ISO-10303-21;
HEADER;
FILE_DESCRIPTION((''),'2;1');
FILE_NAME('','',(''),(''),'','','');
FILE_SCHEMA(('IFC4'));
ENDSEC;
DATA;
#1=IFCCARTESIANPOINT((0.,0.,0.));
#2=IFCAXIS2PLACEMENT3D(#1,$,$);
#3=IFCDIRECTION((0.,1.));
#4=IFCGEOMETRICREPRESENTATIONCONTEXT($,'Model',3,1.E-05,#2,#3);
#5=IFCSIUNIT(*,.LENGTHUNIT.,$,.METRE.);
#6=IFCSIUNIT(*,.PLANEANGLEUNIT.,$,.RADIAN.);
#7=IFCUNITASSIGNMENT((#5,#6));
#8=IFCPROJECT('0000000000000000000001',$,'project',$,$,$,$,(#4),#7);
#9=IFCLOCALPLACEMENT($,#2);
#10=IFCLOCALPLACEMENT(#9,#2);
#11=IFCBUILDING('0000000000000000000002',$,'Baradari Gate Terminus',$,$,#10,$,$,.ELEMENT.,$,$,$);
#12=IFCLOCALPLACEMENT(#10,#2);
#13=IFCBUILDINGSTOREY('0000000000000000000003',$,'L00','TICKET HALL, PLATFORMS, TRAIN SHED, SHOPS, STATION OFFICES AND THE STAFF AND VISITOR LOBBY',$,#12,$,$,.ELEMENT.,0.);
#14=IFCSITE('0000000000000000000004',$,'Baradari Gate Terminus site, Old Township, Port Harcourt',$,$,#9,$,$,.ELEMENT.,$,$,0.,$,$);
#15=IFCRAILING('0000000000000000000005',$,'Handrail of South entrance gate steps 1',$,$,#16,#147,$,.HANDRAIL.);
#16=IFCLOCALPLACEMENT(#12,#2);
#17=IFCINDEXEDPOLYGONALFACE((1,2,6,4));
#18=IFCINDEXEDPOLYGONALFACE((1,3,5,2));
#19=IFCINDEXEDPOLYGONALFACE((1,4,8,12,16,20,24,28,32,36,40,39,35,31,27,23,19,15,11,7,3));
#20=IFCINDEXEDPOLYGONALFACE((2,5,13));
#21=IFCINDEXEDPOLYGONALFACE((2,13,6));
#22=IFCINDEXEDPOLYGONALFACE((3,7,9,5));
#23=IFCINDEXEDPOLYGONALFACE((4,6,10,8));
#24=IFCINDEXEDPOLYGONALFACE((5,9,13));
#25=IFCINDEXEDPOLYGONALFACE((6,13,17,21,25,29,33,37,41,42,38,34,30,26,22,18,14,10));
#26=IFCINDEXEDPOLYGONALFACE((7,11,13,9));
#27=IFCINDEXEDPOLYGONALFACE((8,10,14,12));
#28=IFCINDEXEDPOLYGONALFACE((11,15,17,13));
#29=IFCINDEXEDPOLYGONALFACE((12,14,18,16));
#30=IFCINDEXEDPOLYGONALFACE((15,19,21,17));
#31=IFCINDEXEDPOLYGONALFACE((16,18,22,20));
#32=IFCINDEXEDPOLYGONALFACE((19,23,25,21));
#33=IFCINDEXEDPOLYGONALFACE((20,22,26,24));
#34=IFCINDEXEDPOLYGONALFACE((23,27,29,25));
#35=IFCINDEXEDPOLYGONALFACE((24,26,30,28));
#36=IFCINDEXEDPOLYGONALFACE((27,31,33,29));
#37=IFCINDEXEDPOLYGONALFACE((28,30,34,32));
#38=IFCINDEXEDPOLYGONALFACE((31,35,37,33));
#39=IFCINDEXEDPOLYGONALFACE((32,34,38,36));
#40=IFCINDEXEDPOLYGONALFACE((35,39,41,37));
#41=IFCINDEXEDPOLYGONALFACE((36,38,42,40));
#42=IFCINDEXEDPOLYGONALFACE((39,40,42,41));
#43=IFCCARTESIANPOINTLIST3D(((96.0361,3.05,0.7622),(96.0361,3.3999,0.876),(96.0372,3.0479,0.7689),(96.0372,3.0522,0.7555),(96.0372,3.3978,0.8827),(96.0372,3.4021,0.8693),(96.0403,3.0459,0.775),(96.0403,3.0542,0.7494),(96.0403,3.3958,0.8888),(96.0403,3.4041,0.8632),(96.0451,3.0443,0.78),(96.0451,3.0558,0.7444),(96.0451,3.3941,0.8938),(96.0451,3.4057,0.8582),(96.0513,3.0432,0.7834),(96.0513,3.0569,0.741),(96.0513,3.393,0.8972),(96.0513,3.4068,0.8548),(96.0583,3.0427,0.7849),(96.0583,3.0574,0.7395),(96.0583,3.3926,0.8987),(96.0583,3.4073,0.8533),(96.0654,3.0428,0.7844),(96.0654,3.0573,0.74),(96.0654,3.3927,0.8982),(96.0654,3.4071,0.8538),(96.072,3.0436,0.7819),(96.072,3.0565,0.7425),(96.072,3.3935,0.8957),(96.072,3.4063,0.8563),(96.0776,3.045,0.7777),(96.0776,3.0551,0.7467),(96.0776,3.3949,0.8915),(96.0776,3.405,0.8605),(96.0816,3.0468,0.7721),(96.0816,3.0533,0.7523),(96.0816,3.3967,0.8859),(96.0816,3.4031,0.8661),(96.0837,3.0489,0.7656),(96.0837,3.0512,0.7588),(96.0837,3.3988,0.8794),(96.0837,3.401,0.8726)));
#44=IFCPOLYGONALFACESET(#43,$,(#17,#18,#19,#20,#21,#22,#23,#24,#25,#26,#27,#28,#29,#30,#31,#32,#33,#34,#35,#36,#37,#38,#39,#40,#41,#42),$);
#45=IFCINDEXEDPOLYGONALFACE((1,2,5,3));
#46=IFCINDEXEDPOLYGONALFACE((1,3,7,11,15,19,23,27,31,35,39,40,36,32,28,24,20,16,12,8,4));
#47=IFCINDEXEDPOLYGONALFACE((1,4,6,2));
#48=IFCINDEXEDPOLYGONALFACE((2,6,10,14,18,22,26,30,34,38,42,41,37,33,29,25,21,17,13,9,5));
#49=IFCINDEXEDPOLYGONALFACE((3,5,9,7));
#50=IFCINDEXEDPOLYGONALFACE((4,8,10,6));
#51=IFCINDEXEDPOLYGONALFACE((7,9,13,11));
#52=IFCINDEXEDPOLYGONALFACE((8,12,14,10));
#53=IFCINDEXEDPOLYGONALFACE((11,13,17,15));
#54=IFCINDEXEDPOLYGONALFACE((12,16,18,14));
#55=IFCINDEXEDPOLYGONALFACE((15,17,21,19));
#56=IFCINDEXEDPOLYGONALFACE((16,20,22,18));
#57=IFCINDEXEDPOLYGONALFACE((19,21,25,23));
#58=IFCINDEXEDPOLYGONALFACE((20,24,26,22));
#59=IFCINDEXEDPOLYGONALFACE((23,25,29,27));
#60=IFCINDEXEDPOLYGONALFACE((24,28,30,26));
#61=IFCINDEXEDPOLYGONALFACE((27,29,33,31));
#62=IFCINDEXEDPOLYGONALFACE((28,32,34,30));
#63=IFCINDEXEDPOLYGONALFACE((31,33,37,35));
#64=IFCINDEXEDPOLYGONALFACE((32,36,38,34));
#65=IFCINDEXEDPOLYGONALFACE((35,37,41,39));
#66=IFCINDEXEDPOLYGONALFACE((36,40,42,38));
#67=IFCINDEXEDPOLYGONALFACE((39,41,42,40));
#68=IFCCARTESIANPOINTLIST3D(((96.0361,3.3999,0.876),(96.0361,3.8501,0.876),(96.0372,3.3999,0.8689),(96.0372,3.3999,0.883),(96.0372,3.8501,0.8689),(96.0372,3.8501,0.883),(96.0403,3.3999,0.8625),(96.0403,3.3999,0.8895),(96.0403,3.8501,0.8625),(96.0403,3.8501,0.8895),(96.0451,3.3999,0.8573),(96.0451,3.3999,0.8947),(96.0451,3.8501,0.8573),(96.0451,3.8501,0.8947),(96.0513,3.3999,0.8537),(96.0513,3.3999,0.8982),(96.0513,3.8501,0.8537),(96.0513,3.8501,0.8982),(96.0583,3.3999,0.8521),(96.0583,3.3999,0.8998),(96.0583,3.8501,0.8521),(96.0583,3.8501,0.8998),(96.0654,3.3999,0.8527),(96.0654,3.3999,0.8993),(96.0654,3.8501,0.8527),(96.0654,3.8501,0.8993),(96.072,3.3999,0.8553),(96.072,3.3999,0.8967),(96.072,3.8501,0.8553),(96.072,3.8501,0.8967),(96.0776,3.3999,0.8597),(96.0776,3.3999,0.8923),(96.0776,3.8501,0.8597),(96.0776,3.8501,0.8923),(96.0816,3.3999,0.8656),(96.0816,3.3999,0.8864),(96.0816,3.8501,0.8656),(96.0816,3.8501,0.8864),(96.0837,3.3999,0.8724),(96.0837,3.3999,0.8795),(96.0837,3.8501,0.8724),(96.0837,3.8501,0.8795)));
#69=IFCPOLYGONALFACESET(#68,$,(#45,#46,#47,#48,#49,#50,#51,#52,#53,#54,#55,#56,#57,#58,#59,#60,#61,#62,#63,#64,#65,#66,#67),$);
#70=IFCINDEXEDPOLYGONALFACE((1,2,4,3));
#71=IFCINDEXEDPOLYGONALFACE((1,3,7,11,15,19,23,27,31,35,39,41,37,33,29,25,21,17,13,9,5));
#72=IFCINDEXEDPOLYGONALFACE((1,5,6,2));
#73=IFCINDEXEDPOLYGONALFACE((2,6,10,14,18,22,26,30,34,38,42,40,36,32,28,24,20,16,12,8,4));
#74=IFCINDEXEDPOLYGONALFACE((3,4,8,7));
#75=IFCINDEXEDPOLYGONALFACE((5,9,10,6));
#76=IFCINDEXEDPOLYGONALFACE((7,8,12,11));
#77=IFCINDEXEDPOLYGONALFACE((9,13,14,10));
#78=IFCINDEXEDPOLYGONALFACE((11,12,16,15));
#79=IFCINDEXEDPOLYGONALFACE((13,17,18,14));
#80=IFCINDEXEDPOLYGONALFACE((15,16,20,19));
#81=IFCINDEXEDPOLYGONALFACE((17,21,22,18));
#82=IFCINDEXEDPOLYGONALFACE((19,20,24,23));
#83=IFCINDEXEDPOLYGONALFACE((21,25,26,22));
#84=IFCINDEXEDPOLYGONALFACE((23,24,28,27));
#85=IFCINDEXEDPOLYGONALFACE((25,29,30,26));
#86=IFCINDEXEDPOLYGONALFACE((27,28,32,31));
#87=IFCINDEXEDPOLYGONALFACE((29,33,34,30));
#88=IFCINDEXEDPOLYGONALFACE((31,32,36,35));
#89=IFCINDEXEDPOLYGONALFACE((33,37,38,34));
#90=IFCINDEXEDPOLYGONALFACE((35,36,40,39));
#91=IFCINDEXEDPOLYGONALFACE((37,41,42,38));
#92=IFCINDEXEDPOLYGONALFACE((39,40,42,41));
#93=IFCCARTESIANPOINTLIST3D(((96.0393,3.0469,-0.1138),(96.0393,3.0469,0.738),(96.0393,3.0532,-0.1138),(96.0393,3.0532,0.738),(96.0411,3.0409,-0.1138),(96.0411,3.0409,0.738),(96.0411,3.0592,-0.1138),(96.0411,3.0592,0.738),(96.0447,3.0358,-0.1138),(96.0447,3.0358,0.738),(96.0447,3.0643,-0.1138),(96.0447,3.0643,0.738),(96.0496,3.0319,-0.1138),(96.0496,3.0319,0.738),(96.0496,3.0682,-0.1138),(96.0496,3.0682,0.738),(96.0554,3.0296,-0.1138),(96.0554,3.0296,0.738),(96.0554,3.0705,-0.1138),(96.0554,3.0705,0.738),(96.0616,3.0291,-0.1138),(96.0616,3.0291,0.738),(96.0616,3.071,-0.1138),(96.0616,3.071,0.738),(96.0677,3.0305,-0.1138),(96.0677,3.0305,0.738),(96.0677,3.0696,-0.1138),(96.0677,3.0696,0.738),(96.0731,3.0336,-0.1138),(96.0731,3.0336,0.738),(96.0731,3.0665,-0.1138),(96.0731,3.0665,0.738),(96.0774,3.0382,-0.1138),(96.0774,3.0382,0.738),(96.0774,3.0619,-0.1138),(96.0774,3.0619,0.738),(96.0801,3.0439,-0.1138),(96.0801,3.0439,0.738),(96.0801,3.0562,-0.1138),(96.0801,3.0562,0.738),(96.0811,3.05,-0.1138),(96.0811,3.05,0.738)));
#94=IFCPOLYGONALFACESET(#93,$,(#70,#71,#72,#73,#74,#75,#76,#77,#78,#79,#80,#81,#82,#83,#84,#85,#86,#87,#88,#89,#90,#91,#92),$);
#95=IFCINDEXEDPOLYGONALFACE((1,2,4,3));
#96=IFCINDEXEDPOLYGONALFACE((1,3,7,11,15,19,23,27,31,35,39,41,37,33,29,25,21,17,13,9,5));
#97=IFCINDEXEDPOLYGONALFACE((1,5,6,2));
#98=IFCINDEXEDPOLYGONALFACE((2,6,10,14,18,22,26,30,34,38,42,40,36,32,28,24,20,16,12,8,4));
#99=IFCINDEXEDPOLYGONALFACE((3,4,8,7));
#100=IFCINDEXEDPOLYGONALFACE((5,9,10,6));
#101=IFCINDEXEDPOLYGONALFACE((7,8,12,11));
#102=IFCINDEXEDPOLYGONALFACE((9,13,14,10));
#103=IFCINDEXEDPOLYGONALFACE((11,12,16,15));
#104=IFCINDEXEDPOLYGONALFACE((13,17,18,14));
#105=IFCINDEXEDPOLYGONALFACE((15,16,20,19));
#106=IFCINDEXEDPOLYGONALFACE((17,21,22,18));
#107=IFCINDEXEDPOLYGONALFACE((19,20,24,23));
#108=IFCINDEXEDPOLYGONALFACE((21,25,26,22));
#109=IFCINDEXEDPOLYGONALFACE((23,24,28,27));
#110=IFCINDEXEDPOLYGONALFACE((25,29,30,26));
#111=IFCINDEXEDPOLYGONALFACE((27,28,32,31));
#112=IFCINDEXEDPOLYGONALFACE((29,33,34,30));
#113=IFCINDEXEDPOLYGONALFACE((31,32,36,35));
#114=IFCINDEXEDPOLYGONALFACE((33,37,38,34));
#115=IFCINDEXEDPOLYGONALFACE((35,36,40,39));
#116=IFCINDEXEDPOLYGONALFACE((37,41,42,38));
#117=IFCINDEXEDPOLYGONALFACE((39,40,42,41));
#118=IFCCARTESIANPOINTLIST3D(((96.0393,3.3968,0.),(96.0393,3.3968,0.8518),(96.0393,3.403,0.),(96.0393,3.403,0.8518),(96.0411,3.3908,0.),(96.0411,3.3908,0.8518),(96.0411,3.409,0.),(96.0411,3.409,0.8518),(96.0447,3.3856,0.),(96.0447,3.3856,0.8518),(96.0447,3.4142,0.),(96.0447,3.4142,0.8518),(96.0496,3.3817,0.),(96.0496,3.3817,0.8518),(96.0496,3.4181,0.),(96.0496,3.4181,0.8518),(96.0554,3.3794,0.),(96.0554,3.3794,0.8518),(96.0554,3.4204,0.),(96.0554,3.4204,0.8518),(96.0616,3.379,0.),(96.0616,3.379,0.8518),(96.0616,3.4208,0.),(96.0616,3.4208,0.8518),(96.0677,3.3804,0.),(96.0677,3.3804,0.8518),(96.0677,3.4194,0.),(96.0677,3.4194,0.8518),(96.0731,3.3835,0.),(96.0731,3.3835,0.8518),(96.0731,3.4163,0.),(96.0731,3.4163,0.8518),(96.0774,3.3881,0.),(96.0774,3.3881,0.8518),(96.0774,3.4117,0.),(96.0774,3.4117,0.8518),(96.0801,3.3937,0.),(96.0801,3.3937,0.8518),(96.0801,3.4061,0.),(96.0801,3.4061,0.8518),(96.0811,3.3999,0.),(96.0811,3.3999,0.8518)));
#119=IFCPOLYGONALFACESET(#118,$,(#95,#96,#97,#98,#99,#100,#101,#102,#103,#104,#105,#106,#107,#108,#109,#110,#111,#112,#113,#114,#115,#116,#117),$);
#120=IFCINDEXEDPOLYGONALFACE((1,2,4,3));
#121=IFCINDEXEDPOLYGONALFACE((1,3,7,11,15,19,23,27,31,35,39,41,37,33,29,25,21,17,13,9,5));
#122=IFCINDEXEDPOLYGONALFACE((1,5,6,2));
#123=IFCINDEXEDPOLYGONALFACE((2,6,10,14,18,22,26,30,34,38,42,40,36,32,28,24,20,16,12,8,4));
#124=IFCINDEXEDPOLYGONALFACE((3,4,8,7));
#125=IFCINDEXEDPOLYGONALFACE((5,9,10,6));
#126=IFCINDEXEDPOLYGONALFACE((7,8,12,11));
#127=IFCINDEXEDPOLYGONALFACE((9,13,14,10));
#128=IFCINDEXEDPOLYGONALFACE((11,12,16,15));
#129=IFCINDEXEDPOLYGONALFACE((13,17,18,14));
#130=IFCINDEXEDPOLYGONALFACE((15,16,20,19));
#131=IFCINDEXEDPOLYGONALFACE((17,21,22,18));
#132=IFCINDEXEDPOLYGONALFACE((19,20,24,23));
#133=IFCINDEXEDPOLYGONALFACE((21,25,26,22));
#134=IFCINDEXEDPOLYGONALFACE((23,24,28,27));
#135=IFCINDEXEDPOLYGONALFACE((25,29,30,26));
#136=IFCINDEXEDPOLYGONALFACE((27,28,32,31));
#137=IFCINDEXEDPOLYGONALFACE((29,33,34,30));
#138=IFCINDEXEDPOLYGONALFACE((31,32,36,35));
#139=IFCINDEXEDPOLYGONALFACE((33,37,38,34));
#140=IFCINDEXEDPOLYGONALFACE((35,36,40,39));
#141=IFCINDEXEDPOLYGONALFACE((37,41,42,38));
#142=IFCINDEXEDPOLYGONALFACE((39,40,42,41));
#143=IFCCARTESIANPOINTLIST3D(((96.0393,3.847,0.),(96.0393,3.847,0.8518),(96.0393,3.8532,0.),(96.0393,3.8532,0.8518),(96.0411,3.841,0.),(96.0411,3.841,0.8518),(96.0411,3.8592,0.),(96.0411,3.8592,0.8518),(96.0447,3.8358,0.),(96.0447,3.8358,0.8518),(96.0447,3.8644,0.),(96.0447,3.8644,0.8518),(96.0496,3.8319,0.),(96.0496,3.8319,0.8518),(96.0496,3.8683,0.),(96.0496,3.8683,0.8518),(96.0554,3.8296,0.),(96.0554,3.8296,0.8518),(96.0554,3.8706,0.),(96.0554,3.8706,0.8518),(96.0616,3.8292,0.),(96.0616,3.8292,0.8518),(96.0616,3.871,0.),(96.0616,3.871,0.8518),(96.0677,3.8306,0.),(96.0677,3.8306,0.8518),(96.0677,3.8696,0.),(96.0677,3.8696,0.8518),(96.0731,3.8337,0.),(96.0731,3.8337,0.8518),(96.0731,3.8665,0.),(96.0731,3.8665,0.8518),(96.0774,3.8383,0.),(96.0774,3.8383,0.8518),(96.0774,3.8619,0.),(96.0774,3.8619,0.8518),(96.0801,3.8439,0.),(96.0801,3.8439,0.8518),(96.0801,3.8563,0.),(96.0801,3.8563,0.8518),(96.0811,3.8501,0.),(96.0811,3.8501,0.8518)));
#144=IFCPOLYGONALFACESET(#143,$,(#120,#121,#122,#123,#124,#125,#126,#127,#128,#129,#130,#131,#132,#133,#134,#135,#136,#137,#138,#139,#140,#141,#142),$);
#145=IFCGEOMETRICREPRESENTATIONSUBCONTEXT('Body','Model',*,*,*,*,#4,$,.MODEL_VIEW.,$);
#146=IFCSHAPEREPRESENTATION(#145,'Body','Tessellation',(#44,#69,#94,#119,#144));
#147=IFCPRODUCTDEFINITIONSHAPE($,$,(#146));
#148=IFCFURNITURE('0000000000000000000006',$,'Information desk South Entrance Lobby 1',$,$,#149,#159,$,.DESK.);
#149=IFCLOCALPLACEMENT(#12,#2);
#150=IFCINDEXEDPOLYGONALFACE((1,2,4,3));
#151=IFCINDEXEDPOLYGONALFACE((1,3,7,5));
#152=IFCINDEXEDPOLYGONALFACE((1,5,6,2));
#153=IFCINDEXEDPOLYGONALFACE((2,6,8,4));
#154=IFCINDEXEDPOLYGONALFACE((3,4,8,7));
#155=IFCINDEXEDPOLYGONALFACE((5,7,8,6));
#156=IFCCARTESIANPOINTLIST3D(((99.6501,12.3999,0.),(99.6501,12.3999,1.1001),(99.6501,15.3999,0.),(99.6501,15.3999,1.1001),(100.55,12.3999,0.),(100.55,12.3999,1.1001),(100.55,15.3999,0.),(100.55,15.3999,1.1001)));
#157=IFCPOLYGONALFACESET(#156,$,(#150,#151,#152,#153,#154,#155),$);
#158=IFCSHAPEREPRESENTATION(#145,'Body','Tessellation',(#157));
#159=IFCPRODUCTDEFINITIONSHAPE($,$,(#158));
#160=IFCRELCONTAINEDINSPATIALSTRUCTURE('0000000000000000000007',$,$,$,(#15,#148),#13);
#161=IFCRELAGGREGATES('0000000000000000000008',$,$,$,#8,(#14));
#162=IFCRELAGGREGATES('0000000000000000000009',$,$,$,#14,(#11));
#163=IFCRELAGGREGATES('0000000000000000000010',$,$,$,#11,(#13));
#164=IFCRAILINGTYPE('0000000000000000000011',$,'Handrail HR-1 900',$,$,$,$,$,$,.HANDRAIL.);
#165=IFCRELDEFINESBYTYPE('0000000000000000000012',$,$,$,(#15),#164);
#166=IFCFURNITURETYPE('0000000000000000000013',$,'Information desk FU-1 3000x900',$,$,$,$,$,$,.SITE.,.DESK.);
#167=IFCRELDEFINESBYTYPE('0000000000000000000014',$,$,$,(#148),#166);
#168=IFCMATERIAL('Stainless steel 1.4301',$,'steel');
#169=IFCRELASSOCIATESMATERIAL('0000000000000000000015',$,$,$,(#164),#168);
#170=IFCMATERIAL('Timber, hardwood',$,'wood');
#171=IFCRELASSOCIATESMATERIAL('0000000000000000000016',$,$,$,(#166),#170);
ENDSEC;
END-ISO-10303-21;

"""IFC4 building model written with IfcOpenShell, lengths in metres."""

from ifc_helpers import new_model, si_unit, direction, frame, origin, origin_2d, place, context, subcontext, project, spatial, rectangle, circle, extrude, material, type_object, element, save


model = new_model("IFC4")

# Units and contexts
model_context = context("Model", 3, precision=1e-05, world=origin(), true_north=direction((0.0, 1.0)))
body_context = subcontext(model_context, "Body", "Model", "MODEL_VIEW")
ifc_project = project(units=[si_unit("LENGTHUNIT", "METRE"), si_unit("PLANEANGLEUNIT", "RADIAN")], contexts=[model_context])

# Site, building, storey
site_placement = place(None, origin())
site = spatial("IfcSite", under=ifc_project, at=site_placement, Name="Baradari Gate Terminus site, Old Township, Port Harcourt", CompositionType="ELEMENT", RefElevation=0.0)
building_placement = place(site_placement, origin())
building = spatial("IfcBuilding", under=site, at=building_placement, Name="Baradari Gate Terminus", CompositionType="ELEMENT")
storey_placement = place(building_placement, origin())
storey = spatial("IfcBuildingStorey", under=building, at=storey_placement, Name="L00", Description="TICKET HALL, PLATFORMS, TRAIN SHED, SHOPS, STATION OFFICES AND THE STAFF AND VISITOR LOBBY", CompositionType="ELEMENT", Elevation=0.0)

# Railing
ifc_material_1 = material(Name="Stainless steel 1.4301", Category="steel")
railing_type = type_object("IfcRailingType", Name="Handrail HR-1 900", PredefinedType="HANDRAIL", material=ifc_material_1)
railing_placement = place(storey_placement, frame((96.0601, 3.05, -0.1138)))
element("IfcRailing", 1, at=railing_placement, inside=storey, type_object=railing_type, Name="Handrail of South entrance gate steps 1", PredefinedType="HANDRAIL", context=body_context, shape_type="SweptSolid", body=[
    extrude(circle(Radius=0.0239, at=origin_2d()), frame((0.0, 0.0, 0.876), z_axis=(0.0, 0.95098, 0.309251), x_axis=(-1.0, 0.0, 0.0)), (0.0, 0.0, 1.0), 0.3679),
    extrude(circle(Radius=0.0239, at=origin_2d()), frame((0.0, 0.3499, 0.9897), z_axis=(0.0, 1.0, 0.0), x_axis=(-1.0, 0.0, 0.0)), (0.0, 0.0, 1.0), 0.4502),
    extrude(circle(Radius=0.021, at=origin_2d()), origin(), (0.0, 0.0, 1.0), 0.8518),
    extrude(circle(Radius=0.021, at=origin_2d()), frame((0.0, 0.3499, 0.1138)), (0.0, 0.0, 1.0), 0.8518),
    extrude(circle(Radius=0.021, at=origin_2d()), frame((0.0, 0.8, 0.1138)), (0.0, 0.0, 1.0), 0.8518),
])

# Furniture
ifc_material_2 = material(Name="Timber, hardwood", Category="wood")
furniture_type = type_object("IfcFurnitureType", Name="Information desk FU-1 3000x900", AssemblyPlace="SITE", PredefinedType="DESK", material=ifc_material_2)
furniture_placement = place(storey_placement, frame((100.1001, 13.8999, 0.0), z_axis=(0.0, 0.0, 1.0), x_axis=(1.0, 0.0, 0.0)))
element("IfcFurniture", 2, at=furniture_placement, inside=storey, type_object=furniture_type, Name="Information desk South Entrance Lobby 1", PredefinedType="DESK", context=body_context, shape_type="SweptSolid", body=[
    extrude(rectangle(XDim=0.8999, YDim=3.0, at=origin_2d()), origin(), (0.0, 0.0, 1.0), 1.1001),
])

save(model, "model.ifc")
